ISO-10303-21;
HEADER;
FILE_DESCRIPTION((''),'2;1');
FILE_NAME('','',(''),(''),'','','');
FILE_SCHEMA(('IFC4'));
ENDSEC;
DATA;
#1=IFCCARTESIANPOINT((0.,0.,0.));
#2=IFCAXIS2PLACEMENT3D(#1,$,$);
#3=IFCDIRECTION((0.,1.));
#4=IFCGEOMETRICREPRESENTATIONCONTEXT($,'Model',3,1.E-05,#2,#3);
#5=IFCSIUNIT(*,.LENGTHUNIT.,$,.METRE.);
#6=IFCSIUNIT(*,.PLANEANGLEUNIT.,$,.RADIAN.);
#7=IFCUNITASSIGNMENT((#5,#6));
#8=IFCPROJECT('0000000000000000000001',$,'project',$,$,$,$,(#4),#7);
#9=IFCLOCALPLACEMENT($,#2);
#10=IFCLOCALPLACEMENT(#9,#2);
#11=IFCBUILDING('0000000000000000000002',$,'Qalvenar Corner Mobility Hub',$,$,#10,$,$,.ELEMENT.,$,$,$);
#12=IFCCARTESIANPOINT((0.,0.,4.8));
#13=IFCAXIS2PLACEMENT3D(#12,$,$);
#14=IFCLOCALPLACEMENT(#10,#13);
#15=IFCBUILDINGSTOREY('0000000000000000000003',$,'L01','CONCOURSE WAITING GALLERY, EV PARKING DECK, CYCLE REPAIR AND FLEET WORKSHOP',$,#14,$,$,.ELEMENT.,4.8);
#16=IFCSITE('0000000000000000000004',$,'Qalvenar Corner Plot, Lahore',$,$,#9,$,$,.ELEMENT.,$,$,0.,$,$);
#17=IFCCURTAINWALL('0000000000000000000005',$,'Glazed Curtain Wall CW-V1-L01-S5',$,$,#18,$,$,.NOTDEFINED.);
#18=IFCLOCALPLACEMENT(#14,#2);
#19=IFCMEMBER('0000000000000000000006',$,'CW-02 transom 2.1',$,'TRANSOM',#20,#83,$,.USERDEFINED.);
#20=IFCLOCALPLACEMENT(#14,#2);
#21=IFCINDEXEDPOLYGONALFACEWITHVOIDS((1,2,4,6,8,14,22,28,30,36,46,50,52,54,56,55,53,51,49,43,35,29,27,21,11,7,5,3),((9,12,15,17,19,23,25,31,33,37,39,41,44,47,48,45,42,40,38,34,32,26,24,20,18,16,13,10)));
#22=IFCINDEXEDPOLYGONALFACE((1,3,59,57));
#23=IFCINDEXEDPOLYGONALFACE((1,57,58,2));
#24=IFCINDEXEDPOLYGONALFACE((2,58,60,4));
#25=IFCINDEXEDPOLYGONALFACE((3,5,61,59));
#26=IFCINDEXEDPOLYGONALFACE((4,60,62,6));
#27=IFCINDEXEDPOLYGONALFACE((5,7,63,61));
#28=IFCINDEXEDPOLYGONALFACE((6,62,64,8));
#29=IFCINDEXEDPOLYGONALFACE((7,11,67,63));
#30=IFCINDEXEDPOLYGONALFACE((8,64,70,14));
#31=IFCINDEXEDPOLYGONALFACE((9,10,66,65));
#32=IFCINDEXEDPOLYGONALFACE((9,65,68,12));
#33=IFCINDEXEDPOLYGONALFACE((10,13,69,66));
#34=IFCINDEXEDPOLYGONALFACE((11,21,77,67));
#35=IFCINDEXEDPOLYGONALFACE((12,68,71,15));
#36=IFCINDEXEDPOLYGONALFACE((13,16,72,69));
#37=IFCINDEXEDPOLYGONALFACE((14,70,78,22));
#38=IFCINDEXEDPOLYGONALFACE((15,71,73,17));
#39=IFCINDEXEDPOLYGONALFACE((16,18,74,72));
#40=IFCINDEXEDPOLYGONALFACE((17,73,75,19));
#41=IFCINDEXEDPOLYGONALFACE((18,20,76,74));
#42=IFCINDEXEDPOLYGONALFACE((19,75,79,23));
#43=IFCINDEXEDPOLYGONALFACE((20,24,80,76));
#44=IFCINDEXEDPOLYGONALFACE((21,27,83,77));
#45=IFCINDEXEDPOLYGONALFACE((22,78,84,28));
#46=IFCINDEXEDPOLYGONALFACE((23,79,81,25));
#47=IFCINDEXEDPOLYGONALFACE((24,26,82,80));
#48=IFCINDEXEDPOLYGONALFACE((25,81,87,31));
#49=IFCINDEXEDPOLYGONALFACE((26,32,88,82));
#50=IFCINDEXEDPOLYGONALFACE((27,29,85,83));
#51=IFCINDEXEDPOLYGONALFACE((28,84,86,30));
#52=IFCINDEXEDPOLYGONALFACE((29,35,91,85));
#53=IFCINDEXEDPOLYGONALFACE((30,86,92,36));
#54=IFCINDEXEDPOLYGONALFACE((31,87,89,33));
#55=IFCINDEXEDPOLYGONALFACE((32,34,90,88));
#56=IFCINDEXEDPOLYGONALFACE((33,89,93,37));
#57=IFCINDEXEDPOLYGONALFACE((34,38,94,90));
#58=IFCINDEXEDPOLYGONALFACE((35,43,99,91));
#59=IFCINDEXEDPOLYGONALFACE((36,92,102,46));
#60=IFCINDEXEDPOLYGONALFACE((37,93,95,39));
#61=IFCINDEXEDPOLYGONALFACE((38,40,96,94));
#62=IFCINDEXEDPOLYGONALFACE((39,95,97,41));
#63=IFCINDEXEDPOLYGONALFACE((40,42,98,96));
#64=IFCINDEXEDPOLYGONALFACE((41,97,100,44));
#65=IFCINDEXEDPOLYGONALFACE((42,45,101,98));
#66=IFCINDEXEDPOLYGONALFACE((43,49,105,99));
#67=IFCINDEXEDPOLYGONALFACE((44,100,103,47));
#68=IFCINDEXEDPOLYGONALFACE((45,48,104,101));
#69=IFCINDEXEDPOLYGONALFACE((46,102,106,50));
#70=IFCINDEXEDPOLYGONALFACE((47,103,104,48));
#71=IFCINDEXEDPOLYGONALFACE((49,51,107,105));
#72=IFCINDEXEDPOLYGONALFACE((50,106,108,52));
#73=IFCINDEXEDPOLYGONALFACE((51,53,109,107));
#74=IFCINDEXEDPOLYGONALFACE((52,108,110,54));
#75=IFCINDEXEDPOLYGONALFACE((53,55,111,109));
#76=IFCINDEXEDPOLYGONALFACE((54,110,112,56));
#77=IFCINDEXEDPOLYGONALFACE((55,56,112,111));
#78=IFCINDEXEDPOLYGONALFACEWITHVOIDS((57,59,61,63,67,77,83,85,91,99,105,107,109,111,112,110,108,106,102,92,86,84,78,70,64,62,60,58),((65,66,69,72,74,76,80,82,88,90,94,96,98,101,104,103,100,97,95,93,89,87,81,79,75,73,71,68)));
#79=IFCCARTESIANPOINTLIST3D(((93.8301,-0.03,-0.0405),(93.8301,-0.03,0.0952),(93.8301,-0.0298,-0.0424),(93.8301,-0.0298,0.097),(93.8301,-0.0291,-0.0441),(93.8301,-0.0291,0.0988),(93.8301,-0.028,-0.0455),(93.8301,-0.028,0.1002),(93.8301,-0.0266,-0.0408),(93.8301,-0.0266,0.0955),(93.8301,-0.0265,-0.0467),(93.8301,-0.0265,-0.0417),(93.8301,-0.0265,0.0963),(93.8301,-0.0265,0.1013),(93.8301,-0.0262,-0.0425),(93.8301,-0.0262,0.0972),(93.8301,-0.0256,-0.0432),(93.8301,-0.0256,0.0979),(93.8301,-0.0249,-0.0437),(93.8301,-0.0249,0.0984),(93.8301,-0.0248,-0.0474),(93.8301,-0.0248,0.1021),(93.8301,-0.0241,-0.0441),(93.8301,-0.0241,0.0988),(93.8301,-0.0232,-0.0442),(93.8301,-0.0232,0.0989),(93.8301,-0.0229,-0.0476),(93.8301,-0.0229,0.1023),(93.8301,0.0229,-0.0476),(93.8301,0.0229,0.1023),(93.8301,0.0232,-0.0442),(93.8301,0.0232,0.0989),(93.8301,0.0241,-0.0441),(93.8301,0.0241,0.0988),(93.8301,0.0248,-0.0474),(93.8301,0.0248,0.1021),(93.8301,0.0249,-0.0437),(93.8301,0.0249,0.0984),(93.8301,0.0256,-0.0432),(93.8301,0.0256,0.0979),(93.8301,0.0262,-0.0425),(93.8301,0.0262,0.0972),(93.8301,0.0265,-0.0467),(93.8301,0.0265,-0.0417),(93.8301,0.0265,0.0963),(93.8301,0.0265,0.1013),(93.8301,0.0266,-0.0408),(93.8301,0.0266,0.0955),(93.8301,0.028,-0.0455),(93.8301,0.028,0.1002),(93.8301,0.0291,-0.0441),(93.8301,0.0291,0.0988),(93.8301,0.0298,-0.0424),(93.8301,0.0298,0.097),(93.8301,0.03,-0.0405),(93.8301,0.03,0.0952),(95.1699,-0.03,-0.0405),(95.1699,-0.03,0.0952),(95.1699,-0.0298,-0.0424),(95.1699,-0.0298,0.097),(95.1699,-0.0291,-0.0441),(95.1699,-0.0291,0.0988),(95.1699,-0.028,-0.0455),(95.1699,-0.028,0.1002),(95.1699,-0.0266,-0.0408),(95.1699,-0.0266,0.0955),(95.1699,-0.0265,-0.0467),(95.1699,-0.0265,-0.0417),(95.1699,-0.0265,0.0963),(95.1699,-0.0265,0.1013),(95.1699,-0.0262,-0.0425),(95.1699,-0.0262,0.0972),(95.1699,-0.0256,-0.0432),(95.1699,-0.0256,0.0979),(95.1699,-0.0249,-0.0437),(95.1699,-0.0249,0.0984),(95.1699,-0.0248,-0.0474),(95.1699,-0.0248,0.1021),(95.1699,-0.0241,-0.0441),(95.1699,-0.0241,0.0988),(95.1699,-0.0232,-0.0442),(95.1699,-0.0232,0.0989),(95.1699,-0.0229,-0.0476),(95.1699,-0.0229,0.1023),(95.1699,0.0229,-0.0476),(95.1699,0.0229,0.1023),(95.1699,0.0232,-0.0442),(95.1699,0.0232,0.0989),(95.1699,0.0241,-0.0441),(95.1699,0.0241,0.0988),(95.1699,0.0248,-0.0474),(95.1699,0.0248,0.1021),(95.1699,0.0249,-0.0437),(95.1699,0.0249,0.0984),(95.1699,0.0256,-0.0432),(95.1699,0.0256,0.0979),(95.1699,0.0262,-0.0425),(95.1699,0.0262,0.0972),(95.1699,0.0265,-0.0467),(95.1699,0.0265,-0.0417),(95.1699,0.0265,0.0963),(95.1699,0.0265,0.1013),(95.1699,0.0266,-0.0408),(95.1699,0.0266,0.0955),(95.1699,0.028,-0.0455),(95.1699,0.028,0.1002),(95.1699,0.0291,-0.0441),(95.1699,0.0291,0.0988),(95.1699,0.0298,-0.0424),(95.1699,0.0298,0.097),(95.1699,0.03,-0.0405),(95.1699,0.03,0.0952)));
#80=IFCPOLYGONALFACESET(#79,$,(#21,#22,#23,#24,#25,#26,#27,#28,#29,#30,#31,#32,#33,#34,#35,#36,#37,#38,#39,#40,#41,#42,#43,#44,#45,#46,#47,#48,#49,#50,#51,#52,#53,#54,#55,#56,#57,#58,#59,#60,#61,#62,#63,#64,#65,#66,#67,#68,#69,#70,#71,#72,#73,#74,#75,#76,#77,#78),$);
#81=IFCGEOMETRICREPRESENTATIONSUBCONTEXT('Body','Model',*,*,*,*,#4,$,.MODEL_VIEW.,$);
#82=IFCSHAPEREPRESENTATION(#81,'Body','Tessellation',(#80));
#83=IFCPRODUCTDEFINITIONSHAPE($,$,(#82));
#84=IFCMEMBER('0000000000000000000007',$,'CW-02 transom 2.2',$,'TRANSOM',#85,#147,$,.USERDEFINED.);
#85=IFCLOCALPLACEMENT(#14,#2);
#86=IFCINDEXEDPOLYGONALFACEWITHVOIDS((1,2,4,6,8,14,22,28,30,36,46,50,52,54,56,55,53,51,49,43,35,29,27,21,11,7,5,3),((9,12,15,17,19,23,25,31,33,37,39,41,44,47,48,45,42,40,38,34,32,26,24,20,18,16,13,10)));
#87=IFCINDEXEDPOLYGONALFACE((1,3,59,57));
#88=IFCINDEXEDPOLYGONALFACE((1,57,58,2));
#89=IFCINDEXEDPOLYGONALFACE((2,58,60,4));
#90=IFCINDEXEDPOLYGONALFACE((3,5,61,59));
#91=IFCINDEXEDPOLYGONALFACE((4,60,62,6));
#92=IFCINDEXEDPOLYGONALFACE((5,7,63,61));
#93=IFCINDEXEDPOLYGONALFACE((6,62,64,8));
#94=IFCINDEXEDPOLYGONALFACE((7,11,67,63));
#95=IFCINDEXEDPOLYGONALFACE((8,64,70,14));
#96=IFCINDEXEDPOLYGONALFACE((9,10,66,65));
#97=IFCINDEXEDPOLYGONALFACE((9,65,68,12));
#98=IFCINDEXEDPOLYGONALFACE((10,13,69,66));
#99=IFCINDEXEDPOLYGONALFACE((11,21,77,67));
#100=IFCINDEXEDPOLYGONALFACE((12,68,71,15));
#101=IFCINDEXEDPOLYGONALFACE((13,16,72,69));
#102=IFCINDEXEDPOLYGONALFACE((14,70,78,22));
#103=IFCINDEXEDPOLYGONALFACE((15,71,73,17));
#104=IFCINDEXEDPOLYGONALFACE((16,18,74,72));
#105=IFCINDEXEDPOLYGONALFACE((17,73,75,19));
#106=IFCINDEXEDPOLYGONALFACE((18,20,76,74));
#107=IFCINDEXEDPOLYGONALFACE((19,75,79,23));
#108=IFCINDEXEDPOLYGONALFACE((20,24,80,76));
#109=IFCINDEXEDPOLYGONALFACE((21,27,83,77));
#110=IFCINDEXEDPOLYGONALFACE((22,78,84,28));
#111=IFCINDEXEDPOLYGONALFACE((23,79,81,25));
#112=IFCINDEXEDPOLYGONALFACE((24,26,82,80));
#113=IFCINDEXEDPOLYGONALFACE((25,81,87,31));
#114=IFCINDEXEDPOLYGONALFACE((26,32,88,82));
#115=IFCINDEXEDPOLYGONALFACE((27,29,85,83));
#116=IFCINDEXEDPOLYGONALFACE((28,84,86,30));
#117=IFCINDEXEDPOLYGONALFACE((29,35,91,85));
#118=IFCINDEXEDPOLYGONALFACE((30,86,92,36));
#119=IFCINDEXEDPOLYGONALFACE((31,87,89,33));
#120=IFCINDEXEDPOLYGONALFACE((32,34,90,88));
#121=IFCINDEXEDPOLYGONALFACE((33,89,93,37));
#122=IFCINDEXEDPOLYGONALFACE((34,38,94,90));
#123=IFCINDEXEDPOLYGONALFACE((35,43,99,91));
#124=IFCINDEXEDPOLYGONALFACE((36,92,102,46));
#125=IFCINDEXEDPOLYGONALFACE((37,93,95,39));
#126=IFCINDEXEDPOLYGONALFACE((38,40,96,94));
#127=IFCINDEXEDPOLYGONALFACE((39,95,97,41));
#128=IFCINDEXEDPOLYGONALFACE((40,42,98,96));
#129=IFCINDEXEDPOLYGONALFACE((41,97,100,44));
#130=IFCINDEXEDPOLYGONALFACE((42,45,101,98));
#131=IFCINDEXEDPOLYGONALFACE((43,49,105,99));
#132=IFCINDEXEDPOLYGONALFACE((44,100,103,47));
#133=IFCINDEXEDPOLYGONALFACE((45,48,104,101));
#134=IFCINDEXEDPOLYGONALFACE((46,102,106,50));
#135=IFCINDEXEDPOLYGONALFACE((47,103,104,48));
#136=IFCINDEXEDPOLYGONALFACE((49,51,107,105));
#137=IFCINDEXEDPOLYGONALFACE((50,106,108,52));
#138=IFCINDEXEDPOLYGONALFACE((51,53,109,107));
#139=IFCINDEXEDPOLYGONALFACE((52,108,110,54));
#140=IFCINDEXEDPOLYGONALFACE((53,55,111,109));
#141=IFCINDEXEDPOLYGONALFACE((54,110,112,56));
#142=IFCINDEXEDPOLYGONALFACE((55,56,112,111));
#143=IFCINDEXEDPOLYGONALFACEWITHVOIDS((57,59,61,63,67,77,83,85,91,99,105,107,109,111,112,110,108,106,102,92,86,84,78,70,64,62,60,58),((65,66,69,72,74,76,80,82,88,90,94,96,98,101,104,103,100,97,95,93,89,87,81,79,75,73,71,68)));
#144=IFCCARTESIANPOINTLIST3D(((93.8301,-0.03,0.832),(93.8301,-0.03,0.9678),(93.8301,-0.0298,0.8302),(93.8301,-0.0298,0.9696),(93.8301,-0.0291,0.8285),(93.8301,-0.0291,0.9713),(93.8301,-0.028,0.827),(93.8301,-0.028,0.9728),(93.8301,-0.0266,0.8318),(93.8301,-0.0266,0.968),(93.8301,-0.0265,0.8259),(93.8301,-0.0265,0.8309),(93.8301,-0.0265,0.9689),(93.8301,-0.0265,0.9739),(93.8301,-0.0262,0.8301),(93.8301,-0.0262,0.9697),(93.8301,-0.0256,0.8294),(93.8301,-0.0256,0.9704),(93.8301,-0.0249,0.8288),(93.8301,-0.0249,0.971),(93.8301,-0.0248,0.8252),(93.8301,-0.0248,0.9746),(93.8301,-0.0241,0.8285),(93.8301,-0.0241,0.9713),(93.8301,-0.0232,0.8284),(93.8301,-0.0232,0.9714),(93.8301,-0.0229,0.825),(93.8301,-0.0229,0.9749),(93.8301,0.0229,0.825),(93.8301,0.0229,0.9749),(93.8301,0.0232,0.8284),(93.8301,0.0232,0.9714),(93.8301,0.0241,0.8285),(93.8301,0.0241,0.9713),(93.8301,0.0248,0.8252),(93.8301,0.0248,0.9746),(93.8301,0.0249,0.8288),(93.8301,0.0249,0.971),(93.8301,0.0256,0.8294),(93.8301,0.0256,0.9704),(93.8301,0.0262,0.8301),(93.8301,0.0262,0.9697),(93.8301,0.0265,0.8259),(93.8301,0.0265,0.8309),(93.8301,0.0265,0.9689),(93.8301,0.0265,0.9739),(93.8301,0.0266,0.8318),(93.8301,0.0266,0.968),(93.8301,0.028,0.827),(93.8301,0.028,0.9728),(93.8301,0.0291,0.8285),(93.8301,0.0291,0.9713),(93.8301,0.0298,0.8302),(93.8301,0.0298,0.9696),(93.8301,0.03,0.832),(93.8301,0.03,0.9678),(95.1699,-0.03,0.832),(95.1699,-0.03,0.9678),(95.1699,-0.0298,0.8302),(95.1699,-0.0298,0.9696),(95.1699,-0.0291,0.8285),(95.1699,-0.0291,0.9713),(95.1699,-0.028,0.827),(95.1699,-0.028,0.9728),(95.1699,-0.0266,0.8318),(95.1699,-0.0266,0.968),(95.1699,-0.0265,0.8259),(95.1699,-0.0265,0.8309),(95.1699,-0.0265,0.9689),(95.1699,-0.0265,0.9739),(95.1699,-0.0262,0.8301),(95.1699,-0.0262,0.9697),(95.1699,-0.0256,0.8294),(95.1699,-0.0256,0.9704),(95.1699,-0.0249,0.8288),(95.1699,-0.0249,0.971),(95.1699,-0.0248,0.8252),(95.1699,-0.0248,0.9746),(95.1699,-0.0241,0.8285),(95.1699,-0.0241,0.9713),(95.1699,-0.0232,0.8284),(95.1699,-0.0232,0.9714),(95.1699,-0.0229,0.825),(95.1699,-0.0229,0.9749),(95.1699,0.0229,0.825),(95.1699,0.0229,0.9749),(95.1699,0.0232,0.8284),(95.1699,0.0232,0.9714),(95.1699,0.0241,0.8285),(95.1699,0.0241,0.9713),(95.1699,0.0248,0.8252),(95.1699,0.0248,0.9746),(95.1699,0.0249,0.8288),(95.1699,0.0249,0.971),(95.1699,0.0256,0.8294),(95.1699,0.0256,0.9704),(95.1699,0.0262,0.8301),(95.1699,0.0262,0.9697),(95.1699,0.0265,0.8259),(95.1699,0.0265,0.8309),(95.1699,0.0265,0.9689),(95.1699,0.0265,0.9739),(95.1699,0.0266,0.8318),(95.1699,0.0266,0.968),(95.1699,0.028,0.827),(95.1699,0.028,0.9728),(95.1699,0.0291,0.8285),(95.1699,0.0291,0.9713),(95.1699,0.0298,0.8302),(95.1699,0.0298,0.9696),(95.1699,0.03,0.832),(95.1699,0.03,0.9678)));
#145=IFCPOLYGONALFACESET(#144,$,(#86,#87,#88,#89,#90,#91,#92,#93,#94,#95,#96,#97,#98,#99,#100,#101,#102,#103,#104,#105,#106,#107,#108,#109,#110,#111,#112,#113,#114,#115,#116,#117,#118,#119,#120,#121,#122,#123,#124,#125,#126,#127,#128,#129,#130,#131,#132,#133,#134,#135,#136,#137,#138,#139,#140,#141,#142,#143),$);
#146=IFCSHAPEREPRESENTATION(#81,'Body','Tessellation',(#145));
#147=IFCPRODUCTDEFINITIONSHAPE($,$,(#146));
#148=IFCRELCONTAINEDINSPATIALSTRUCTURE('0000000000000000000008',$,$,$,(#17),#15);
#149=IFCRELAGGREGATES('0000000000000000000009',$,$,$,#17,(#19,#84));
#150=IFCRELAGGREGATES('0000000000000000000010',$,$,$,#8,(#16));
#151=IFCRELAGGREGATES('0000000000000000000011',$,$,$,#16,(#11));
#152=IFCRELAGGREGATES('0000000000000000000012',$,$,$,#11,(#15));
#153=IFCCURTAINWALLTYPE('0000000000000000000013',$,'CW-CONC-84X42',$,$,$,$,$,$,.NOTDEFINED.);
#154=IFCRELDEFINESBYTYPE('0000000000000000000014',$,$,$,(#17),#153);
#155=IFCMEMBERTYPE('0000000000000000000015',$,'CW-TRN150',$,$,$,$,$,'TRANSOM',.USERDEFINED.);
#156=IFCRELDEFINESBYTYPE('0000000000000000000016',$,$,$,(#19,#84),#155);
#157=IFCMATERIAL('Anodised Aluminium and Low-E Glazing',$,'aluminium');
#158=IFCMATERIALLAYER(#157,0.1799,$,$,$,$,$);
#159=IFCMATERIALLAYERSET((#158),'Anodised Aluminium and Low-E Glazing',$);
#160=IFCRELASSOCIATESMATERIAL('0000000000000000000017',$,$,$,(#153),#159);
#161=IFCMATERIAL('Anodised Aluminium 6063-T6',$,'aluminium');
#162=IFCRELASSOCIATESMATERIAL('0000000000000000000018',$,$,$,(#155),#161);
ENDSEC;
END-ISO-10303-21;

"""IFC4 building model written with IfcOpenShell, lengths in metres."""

from ifc_helpers import new_model, si_unit, direction, frame, origin, origin_2d, place, context, subcontext, project, spatial, hollow_rectangle, extrude, material, layer, layer_set, material_profile, profile_set, type_object, element, aggregate, save


model = new_model("IFC4")

# Units and contexts
model_context = context("Model", 3, precision=1e-05, world=origin(), true_north=direction((0.0, 1.0)))
body_context = subcontext(model_context, "Body", "Model", "MODEL_VIEW")
ifc_project = project(units=[si_unit("LENGTHUNIT", "METRE"), si_unit("PLANEANGLEUNIT", "RADIAN")], contexts=[model_context])

# Site, building, storey
site_placement = place(None, origin())
site = spatial("IfcSite", under=ifc_project, at=site_placement, Name="Qalvenar Corner Plot, Lahore", CompositionType="ELEMENT", RefElevation=0.0)
building_placement = place(site_placement, origin())
building = spatial("IfcBuilding", under=site, at=building_placement, Name="Qalvenar Corner Mobility Hub", CompositionType="ELEMENT")
storey_placement = place(building_placement, frame((0.0, 0.0, 4.8)))
storey = spatial("IfcBuildingStorey", under=building, at=storey_placement, Name="L01", Description="CONCOURSE WAITING GALLERY, EV PARKING DECK, CYCLE REPAIR AND FLEET WORKSHOP", CompositionType="ELEMENT", Elevation=4.8)

# Shared definitions
ifc_material_1 = material(Name="Anodised Aluminium and Low-E Glazing", Category="aluminium")
ifc_layer_1 = layer(ifc_material_1, 0.1799)
ifc_layer_set_1 = layer_set([ifc_layer_1], Name="Anodised Aluminium and Low-E Glazing")
curtain_wall_type = type_object("IfcCurtainWallType", Name="CW-CONC-84X42", PredefinedType="NOTDEFINED", material=ifc_layer_set_1)
ifc_material_2 = material(Name="Anodised Aluminium 6063-T6", Category="aluminium")

# Curtain wall, members
curtain_wall_1_placement = place(storey_placement, origin())
curtain_wall_1 = element("IfcCurtainWall", 1, at=curtain_wall_1_placement, inside=storey, type_object=curtain_wall_type, Name="Glazed Curtain Wall CW-V1-L01-S5", PredefinedType="NOTDEFINED")
ifc_material_profile_1 = material_profile(ifc_material_2, hollow_rectangle(XDim=0.0601, YDim=0.1499, WallThickness=0.0034, InnerFilletRadius=0.0034, OuterFilletRadius=0.0071, at=origin_2d()), Name="RHS150x60x3.5")
ifc_profile_set_1 = profile_set([ifc_material_profile_1], Name="Anodised Aluminium 6063-T6")
member_type_1 = type_object("IfcMemberType", Name="CW-TRN150", ElementType="TRANSOM", PredefinedType="USERDEFINED", material=ifc_profile_set_1)
member_1_placement = place(storey_placement, frame((93.8301, 0.0, 0.0273), z_axis=(1.0, 0.0, 0.0), x_axis=(0.0, 1.0, 0.0)))
member_1 = element("IfcMember", 2, at=member_1_placement, type_object=member_type_1, Name="CW-02 transom 2.1", ObjectType="TRANSOM", PredefinedType="USERDEFINED", context=body_context, shape_type="SweptSolid", body=[
    extrude(hollow_rectangle(XDim=0.0601, YDim=0.1499, WallThickness=0.0034, InnerFilletRadius=0.0034, OuterFilletRadius=0.0071, at=origin_2d()), origin(), (0.0, 0.0, 1.0), 1.3398),
])
member_2_placement = place(storey_placement, frame((93.8301, 0.0, 0.8999), z_axis=(1.0, 0.0, 0.0), x_axis=(0.0, 1.0, 0.0)))
member_2 = element("IfcMember", 3, at=member_2_placement, type_object=member_type_1, Name="CW-02 transom 2.2", ObjectType="TRANSOM", PredefinedType="USERDEFINED", context=body_context, shape_type="SweptSolid", body=[
    extrude(hollow_rectangle(XDim=0.0601, YDim=0.1499, WallThickness=0.0034, InnerFilletRadius=0.0034, OuterFilletRadius=0.0071, at=origin_2d()), origin(), (0.0, 0.0, 1.0), 1.3398),
])

aggregate(curtain_wall_1, [member_1, member_2])

save(model, "model.ifc")
